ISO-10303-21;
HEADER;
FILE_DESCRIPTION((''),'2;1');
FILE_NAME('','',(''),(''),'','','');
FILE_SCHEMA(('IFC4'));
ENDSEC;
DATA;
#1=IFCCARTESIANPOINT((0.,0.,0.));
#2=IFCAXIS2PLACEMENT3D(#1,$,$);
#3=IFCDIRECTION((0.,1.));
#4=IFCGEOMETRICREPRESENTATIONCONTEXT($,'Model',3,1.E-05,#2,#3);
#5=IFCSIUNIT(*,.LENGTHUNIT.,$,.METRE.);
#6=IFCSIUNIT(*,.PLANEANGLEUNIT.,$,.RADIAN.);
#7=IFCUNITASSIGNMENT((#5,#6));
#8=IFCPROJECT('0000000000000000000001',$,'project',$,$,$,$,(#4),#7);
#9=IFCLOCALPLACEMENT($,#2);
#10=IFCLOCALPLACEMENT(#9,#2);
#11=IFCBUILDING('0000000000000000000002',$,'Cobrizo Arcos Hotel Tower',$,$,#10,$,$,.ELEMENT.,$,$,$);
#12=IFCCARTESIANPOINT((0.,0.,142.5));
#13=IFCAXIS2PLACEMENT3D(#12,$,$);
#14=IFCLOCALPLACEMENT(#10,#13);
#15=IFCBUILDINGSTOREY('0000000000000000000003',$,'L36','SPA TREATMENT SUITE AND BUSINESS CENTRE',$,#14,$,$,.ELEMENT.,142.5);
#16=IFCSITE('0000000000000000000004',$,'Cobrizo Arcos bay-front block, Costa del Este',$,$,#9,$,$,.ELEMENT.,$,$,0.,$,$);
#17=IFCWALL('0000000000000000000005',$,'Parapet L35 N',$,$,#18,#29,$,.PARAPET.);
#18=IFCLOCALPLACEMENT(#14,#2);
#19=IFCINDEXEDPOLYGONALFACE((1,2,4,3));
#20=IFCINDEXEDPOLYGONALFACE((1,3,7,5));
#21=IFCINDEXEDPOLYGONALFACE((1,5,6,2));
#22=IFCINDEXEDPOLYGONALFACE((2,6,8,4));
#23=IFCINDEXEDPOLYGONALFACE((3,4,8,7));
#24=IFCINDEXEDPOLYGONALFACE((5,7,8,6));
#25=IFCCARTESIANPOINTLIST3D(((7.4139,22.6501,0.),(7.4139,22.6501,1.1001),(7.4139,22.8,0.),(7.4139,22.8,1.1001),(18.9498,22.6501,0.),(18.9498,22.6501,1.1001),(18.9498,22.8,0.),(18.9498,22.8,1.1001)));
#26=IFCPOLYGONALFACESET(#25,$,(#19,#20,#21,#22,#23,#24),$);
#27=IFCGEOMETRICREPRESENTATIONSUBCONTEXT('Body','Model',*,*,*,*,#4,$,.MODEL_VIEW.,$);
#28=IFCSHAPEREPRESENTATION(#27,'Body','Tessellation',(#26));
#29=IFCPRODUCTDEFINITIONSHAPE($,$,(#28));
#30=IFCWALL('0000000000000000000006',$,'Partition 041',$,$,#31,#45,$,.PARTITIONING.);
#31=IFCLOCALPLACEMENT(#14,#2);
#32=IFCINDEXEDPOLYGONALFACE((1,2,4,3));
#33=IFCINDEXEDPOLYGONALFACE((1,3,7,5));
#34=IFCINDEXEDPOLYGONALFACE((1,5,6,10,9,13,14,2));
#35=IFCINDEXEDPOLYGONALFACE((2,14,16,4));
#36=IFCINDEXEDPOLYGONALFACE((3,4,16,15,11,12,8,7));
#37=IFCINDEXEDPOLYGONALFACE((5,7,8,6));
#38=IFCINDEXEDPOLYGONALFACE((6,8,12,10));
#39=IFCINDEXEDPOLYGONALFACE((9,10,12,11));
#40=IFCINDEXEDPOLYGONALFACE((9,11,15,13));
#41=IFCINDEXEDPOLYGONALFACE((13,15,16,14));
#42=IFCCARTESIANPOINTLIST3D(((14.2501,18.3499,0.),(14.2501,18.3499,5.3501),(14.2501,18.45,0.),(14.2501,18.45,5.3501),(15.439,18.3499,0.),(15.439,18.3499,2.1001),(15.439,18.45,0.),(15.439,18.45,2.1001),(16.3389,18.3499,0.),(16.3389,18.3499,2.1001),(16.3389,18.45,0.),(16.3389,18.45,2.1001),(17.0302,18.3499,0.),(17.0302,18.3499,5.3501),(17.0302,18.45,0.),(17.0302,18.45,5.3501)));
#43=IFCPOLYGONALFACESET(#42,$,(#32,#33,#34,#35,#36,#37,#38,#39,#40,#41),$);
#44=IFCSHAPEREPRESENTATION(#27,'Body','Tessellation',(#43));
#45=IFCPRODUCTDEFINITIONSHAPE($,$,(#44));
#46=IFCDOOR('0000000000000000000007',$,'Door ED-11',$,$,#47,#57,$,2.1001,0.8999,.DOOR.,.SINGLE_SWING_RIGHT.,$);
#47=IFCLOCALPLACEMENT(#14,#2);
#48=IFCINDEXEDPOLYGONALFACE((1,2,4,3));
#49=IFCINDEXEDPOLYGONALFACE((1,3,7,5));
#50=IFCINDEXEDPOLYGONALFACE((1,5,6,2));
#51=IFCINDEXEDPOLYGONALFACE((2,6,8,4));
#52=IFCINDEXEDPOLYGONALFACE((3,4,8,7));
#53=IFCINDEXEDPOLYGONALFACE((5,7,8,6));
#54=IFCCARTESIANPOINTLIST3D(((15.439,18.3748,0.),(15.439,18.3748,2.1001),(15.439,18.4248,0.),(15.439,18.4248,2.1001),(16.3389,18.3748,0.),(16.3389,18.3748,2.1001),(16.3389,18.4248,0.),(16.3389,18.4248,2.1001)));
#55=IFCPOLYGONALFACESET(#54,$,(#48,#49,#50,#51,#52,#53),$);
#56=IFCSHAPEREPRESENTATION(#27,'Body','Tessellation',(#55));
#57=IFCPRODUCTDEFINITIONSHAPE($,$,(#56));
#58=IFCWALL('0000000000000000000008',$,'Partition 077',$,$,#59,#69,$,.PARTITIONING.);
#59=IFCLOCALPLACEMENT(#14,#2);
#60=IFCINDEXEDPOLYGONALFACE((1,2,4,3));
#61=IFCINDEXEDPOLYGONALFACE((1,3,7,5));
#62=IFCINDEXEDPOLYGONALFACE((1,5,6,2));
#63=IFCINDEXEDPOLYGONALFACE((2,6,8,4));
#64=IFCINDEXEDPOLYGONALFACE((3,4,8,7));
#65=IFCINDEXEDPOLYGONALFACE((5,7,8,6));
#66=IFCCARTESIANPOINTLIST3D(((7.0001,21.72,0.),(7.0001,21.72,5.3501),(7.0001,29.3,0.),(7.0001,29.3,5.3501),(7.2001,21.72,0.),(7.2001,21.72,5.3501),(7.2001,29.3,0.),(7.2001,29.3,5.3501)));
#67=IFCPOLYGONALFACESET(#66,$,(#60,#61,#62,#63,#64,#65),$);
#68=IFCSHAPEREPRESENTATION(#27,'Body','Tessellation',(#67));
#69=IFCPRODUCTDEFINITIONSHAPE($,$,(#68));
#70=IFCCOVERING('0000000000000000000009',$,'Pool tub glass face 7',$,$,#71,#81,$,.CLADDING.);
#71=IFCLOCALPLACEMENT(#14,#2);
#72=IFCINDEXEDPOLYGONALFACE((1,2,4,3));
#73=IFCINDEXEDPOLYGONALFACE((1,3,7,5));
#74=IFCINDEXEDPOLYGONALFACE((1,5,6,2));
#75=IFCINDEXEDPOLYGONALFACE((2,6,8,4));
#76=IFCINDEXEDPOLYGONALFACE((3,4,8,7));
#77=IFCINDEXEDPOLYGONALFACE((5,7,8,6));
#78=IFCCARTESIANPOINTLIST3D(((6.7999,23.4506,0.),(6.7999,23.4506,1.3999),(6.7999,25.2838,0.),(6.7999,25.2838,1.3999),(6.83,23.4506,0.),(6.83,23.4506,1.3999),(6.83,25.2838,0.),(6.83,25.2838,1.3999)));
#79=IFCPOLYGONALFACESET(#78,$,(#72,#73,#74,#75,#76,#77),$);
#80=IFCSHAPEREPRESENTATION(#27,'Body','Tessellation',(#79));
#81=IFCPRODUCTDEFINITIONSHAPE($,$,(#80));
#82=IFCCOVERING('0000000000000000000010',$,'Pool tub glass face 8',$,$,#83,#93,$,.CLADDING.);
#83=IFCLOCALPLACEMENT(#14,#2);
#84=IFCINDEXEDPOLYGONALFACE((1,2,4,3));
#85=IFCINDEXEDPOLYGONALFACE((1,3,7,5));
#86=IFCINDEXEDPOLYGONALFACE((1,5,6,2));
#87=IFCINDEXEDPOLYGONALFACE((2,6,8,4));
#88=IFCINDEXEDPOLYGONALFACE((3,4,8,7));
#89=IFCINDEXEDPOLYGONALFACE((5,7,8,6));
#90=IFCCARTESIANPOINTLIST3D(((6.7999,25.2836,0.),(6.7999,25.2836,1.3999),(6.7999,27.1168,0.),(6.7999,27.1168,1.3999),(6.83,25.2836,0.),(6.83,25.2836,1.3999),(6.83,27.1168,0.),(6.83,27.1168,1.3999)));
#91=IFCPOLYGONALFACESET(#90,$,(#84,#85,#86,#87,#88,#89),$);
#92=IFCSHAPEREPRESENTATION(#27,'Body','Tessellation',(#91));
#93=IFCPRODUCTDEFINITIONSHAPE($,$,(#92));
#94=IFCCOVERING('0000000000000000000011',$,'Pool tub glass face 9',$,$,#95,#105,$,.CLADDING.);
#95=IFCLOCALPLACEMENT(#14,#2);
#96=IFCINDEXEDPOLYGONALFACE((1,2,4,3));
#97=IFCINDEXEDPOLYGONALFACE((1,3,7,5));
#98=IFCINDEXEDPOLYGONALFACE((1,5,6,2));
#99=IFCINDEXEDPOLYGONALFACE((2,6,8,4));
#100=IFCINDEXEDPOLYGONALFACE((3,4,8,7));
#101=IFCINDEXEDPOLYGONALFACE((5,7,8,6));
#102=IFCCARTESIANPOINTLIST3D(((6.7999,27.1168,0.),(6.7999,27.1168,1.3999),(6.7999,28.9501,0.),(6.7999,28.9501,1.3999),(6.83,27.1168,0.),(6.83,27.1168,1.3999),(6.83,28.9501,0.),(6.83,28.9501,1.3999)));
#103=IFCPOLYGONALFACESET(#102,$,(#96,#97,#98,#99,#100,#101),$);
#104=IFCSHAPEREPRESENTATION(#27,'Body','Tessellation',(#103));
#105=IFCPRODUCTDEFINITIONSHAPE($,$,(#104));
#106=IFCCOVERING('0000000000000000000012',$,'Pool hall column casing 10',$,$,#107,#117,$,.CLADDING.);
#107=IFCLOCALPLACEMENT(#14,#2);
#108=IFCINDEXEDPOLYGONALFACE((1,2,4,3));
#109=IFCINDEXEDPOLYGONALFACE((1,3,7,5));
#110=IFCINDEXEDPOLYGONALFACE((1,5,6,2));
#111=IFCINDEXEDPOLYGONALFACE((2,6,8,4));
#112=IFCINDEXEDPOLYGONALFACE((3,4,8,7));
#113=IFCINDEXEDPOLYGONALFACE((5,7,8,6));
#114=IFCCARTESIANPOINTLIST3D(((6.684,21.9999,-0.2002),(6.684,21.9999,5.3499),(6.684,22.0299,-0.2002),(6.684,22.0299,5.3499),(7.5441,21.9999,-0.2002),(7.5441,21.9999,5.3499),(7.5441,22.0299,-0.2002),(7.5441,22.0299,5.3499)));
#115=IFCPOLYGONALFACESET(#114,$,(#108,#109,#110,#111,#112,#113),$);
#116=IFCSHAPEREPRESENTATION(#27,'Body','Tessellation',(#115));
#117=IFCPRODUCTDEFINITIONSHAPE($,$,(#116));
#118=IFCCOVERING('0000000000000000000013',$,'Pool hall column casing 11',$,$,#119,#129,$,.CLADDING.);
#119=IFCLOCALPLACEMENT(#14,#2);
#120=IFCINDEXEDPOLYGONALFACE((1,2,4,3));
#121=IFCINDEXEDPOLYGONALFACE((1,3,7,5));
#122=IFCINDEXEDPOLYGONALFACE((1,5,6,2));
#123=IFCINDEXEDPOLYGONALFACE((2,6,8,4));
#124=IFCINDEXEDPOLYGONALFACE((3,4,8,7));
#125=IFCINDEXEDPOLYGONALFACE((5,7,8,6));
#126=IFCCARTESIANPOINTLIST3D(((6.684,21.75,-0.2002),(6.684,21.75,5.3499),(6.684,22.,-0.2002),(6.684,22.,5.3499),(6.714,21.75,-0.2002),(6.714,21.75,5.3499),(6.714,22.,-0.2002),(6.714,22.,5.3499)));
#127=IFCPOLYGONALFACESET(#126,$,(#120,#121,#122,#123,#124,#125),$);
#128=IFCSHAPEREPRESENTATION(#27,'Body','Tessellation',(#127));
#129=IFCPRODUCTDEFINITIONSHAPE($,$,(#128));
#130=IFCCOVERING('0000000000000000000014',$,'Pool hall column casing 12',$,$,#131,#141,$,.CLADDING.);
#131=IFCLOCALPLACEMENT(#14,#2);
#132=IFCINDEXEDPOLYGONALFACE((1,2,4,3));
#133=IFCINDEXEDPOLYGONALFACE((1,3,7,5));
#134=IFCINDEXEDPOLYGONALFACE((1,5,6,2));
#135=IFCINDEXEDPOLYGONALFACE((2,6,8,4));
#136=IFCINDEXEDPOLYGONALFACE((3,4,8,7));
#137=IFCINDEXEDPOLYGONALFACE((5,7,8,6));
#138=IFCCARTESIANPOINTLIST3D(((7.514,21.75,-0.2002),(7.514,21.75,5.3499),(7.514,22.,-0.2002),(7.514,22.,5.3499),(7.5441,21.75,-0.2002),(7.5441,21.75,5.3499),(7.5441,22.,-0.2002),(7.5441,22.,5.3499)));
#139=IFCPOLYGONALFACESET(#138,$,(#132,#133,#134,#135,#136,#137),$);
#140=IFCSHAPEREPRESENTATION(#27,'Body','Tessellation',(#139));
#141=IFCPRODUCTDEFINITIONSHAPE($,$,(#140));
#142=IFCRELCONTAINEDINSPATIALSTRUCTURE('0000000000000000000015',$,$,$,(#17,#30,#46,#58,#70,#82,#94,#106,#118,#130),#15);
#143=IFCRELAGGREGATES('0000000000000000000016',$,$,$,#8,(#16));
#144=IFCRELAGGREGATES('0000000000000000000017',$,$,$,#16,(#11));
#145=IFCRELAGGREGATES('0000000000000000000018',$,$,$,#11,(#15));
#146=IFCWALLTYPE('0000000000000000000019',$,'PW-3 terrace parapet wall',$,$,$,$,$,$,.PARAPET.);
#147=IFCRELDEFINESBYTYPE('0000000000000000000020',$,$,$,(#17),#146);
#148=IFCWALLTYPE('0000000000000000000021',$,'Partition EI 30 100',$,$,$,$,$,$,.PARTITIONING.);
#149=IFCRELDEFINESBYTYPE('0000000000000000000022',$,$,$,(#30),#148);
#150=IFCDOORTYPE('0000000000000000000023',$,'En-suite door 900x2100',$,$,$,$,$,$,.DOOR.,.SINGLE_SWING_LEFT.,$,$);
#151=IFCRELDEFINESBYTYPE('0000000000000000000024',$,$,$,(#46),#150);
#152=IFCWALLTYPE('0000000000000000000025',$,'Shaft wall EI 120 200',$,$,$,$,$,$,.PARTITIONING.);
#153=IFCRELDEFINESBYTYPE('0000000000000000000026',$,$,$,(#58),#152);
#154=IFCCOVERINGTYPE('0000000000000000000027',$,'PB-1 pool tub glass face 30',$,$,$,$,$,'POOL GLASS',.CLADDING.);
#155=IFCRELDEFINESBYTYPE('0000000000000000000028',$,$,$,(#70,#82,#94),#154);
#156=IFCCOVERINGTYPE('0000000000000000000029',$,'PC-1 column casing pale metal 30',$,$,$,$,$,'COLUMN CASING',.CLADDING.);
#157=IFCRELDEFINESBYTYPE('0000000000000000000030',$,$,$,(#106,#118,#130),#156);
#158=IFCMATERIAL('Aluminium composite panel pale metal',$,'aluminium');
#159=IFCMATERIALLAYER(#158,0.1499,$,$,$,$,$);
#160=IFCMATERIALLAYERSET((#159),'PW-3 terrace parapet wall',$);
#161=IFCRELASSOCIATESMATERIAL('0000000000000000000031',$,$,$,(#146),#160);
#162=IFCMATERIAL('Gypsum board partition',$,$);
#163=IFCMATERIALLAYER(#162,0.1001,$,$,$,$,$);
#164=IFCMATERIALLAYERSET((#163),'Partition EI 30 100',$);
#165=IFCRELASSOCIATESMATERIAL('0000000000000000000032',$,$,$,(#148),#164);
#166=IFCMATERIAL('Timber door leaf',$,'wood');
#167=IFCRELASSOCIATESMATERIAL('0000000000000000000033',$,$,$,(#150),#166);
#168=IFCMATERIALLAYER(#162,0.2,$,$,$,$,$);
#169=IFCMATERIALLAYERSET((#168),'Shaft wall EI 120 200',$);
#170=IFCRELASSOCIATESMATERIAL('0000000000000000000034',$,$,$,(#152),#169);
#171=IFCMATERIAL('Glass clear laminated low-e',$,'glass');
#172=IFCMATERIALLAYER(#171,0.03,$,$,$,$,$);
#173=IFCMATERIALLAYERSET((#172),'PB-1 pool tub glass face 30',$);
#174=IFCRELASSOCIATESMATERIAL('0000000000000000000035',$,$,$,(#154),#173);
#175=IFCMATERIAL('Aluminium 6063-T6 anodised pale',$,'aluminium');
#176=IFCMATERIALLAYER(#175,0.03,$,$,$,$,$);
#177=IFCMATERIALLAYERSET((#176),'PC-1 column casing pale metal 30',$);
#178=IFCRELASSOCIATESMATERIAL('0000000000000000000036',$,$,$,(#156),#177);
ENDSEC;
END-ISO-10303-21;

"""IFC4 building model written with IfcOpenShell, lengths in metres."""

from ifc_helpers import new_model, si_unit, direction, frame, frame_2d, origin, origin_2d, place, context, subcontext, project, spatial, rectangle, extrude, material, layer, layer_set, type_object, element, fill, save


model = new_model("IFC4")

# Units and contexts
model_context = context("Model", 3, precision=1e-05, world=origin(), true_north=direction((0.0, 1.0)))
body_context = subcontext(model_context, "Body", "Model", "MODEL_VIEW")
ifc_project = project(units=[si_unit("LENGTHUNIT", "METRE"), si_unit("PLANEANGLEUNIT", "RADIAN")], contexts=[model_context])

# Site, building, storey
site_placement = place(None, origin())
site = spatial("IfcSite", under=ifc_project, at=site_placement, Name="Cobrizo Arcos bay-front block, Costa del Este", CompositionType="ELEMENT", RefElevation=0.0)
building_placement = place(site_placement, origin())
building = spatial("IfcBuilding", under=site, at=building_placement, Name="Cobrizo Arcos Hotel Tower", CompositionType="ELEMENT")
storey_placement = place(building_placement, frame((0.0, 0.0, 142.5)))
storey = spatial("IfcBuildingStorey", under=building, at=storey_placement, Name="L36", Description="SPA TREATMENT SUITE AND BUSINESS CENTRE", CompositionType="ELEMENT", Elevation=142.5)

# Shared definitions
ifc_material_1 = material(Name="Glass clear laminated low-e", Category="glass")
ifc_material_2 = material(Name="Aluminium composite panel pale metal", Category="aluminium")

# Wall
ifc_layer_1 = layer(ifc_material_2, 0.1499)
ifc_layer_set_1 = layer_set([ifc_layer_1], Name="PW-3 terrace parapet wall")
wall_type_1 = type_object("IfcWallType", Name="PW-3 terrace parapet wall", PredefinedType="PARAPET", material=ifc_layer_set_1)
wall_1_placement = place(storey_placement, frame((18.95, 22.7251, 0.0), z_axis=(0.0, 0.0, 1.0), x_axis=(-1.0, 0.0, 0.0)))
element("IfcWall", 1, at=wall_1_placement, inside=storey, type_object=wall_type_1, Name="Parapet L35 N", PredefinedType="PARAPET", context=body_context, shape_type="SweptSolid", body=[
    extrude(rectangle(XDim=11.5359, YDim=0.1499, at=frame_2d((5.7681, 0.0))), origin(), (0.0, 0.0, 1.0), 1.1001),
])

# Wall, opening, door
ifc_material_3 = material(Name="Gypsum board partition")
ifc_layer_2 = layer(ifc_material_3, 0.1001)
ifc_layer_set_2 = layer_set([ifc_layer_2], Name="Partition EI 30 100")
wall_type_2 = type_object("IfcWallType", Name="Partition EI 30 100", PredefinedType="PARTITIONING", material=ifc_layer_set_2)
wall_2_placement = place(storey_placement, frame((14.25, 18.3999, 0.0), z_axis=(0.0, 0.0, 1.0), x_axis=(1.0, 0.0, 0.0)))
wall_2 = element("IfcWall", 2, at=wall_2_placement, inside=storey, type_object=wall_type_2, Name="Partition 041", PredefinedType="PARTITIONING", context=body_context, shape_type="SweptSolid", body=[
    extrude(rectangle(XDim=2.78, YDim=0.1001, at=frame_2d((1.3901, 0.0))), origin(), (0.0, 0.0, 1.0), 5.3501),
])
opening_1_placement = place(wall_2_placement, frame((1.189, 0.0, 0.0)))
opening_1 = element("IfcOpeningElement", 3, at=opening_1_placement, cuts=wall_2, PredefinedType="OPENING", context=body_context, shape_type="SweptSolid", body=[
    extrude(rectangle(XDim=0.8999, YDim=2.1001, at=frame_2d((0.45, 1.05))), frame((0.0, 0.062, 0.0), z_axis=(0.0, -1.0, 0.0), x_axis=(1.0, 0.0, 0.0)), (0.0, 0.0, 1.0), 0.124),
])
ifc_material_4 = material(Name="Timber door leaf", Category="wood")
door_type_1 = type_object("IfcDoorType", Name="En-suite door 900x2100", OperationType="SINGLE_SWING_LEFT", PredefinedType="DOOR", material=ifc_material_4)
door_1_placement = place(opening_1_placement, origin())
door_1 = element("IfcDoor", 4, at=door_1_placement, inside=storey, type_object=door_type_1, Name="Door ED-11", OperationType="SINGLE_SWING_RIGHT", OverallHeight=2.1001, OverallWidth=0.8999, PredefinedType="DOOR", context=body_context, shape_type="SweptSolid", body=[
    extrude(rectangle(XDim=0.8999, YDim=2.1001, at=frame_2d((0.45, 1.05))), frame((0.0, 0.0249, 0.0), z_axis=(0.0, -1.0, 0.0), x_axis=(1.0, 0.0, 0.0)), (0.0, 0.0, 1.0), 0.05),
])
fill(opening_1, door_1)

# Wall
ifc_layer_3 = layer(ifc_material_3, 0.2)
ifc_layer_set_3 = layer_set([ifc_layer_3], Name="Shaft wall EI 120 200")
wall_type_3 = type_object("IfcWallType", Name="Shaft wall EI 120 200", PredefinedType="PARTITIONING", material=ifc_layer_set_3)
wall_3_placement = place(storey_placement, frame((7.1001, 21.72, 0.0), z_axis=(0.0, 0.0, 1.0), x_axis=(0.0, 1.0, 0.0)))
element("IfcWall", 5, at=wall_3_placement, inside=storey, type_object=wall_type_3, Name="Partition 077", PredefinedType="PARTITIONING", context=body_context, shape_type="SweptSolid", body=[
    extrude(rectangle(XDim=7.5801, YDim=0.2, at=frame_2d((3.79, 0.0))), origin(), (0.0, 0.0, 1.0), 5.3501),
])

# Coverings
ifc_layer_4 = layer(ifc_material_1, 0.03)
ifc_layer_set_4 = layer_set([ifc_layer_4], Name="PB-1 pool tub glass face 30")
covering_type_1 = type_object("IfcCoveringType", Name="PB-1 pool tub glass face 30", ElementType="POOL GLASS", PredefinedType="CLADDING", material=ifc_layer_set_4)
for number, where, z_axis, x_axis, name in (
    (6, (6.8149, 24.3672, 0.0), (0.0, 0.0, 1.0), (1.0, 0.0, 0.0), "Pool tub glass face 7"),
    (7, (6.8149, 26.2002, 0.0), (0.0, 0.0, 1.0), (1.0, 0.0, 0.0), "Pool tub glass face 8"),
    (8, (6.8149, 28.0334, 0.0), (0.0, 0.0, 1.0), (1.0, 0.0, 0.0), "Pool tub glass face 9"),
):
    element("IfcCovering", number, at=place(storey_placement, frame(where, z_axis=z_axis, x_axis=x_axis)), inside=storey, type_object=covering_type_1, Name=name, PredefinedType="CLADDING", context=body_context, shape_type="SweptSolid", body=[
        extrude(rectangle(XDim=0.03, YDim=1.8333, at=origin_2d()), origin(), (0.0, 0.0, 1.0), 1.3999),
    ])
ifc_material_5 = material(Name="Aluminium 6063-T6 anodised pale", Category="aluminium")
ifc_layer_5 = layer(ifc_material_5, 0.03)
ifc_layer_set_5 = layer_set([ifc_layer_5], Name="PC-1 column casing pale metal 30")
covering_type_2 = type_object("IfcCoveringType", Name="PC-1 column casing pale metal 30", ElementType="COLUMN CASING", PredefinedType="CLADDING", material=ifc_layer_set_5)
covering_placement = place(storey_placement, frame((7.114, 22.0149, -0.2002), z_axis=(0.0, 0.0, 1.0), x_axis=(1.0, 0.0, 0.0)))
element("IfcCovering", 9, at=covering_placement, inside=storey, type_object=covering_type_2, Name="Pool hall column casing 10", PredefinedType="CLADDING", context=body_context, shape_type="SweptSolid", body=[
    extrude(rectangle(XDim=0.8601, YDim=0.03, at=origin_2d()), origin(), (0.0, 0.0, 1.0), 5.55),
])
for number, where, z_axis, x_axis, name in (
    (10, (6.699, 21.875, -0.2002), (0.0, 0.0, 1.0), (1.0, 0.0, 0.0), "Pool hall column casing 11"),
    (11, (7.5291, 21.875, -0.2002), (0.0, 0.0, 1.0), (1.0, 0.0, 0.0), "Pool hall column casing 12"),
):
    element("IfcCovering", number, at=place(storey_placement, frame(where, z_axis=z_axis, x_axis=x_axis)), inside=storey, type_object=covering_type_2, Name=name, PredefinedType="CLADDING", context=body_context, shape_type="SweptSolid", body=[
        extrude(rectangle(XDim=0.03, YDim=0.25, at=origin_2d()), origin(), (0.0, 0.0, 1.0), 5.55),
    ])

save(model, "model.ifc")
